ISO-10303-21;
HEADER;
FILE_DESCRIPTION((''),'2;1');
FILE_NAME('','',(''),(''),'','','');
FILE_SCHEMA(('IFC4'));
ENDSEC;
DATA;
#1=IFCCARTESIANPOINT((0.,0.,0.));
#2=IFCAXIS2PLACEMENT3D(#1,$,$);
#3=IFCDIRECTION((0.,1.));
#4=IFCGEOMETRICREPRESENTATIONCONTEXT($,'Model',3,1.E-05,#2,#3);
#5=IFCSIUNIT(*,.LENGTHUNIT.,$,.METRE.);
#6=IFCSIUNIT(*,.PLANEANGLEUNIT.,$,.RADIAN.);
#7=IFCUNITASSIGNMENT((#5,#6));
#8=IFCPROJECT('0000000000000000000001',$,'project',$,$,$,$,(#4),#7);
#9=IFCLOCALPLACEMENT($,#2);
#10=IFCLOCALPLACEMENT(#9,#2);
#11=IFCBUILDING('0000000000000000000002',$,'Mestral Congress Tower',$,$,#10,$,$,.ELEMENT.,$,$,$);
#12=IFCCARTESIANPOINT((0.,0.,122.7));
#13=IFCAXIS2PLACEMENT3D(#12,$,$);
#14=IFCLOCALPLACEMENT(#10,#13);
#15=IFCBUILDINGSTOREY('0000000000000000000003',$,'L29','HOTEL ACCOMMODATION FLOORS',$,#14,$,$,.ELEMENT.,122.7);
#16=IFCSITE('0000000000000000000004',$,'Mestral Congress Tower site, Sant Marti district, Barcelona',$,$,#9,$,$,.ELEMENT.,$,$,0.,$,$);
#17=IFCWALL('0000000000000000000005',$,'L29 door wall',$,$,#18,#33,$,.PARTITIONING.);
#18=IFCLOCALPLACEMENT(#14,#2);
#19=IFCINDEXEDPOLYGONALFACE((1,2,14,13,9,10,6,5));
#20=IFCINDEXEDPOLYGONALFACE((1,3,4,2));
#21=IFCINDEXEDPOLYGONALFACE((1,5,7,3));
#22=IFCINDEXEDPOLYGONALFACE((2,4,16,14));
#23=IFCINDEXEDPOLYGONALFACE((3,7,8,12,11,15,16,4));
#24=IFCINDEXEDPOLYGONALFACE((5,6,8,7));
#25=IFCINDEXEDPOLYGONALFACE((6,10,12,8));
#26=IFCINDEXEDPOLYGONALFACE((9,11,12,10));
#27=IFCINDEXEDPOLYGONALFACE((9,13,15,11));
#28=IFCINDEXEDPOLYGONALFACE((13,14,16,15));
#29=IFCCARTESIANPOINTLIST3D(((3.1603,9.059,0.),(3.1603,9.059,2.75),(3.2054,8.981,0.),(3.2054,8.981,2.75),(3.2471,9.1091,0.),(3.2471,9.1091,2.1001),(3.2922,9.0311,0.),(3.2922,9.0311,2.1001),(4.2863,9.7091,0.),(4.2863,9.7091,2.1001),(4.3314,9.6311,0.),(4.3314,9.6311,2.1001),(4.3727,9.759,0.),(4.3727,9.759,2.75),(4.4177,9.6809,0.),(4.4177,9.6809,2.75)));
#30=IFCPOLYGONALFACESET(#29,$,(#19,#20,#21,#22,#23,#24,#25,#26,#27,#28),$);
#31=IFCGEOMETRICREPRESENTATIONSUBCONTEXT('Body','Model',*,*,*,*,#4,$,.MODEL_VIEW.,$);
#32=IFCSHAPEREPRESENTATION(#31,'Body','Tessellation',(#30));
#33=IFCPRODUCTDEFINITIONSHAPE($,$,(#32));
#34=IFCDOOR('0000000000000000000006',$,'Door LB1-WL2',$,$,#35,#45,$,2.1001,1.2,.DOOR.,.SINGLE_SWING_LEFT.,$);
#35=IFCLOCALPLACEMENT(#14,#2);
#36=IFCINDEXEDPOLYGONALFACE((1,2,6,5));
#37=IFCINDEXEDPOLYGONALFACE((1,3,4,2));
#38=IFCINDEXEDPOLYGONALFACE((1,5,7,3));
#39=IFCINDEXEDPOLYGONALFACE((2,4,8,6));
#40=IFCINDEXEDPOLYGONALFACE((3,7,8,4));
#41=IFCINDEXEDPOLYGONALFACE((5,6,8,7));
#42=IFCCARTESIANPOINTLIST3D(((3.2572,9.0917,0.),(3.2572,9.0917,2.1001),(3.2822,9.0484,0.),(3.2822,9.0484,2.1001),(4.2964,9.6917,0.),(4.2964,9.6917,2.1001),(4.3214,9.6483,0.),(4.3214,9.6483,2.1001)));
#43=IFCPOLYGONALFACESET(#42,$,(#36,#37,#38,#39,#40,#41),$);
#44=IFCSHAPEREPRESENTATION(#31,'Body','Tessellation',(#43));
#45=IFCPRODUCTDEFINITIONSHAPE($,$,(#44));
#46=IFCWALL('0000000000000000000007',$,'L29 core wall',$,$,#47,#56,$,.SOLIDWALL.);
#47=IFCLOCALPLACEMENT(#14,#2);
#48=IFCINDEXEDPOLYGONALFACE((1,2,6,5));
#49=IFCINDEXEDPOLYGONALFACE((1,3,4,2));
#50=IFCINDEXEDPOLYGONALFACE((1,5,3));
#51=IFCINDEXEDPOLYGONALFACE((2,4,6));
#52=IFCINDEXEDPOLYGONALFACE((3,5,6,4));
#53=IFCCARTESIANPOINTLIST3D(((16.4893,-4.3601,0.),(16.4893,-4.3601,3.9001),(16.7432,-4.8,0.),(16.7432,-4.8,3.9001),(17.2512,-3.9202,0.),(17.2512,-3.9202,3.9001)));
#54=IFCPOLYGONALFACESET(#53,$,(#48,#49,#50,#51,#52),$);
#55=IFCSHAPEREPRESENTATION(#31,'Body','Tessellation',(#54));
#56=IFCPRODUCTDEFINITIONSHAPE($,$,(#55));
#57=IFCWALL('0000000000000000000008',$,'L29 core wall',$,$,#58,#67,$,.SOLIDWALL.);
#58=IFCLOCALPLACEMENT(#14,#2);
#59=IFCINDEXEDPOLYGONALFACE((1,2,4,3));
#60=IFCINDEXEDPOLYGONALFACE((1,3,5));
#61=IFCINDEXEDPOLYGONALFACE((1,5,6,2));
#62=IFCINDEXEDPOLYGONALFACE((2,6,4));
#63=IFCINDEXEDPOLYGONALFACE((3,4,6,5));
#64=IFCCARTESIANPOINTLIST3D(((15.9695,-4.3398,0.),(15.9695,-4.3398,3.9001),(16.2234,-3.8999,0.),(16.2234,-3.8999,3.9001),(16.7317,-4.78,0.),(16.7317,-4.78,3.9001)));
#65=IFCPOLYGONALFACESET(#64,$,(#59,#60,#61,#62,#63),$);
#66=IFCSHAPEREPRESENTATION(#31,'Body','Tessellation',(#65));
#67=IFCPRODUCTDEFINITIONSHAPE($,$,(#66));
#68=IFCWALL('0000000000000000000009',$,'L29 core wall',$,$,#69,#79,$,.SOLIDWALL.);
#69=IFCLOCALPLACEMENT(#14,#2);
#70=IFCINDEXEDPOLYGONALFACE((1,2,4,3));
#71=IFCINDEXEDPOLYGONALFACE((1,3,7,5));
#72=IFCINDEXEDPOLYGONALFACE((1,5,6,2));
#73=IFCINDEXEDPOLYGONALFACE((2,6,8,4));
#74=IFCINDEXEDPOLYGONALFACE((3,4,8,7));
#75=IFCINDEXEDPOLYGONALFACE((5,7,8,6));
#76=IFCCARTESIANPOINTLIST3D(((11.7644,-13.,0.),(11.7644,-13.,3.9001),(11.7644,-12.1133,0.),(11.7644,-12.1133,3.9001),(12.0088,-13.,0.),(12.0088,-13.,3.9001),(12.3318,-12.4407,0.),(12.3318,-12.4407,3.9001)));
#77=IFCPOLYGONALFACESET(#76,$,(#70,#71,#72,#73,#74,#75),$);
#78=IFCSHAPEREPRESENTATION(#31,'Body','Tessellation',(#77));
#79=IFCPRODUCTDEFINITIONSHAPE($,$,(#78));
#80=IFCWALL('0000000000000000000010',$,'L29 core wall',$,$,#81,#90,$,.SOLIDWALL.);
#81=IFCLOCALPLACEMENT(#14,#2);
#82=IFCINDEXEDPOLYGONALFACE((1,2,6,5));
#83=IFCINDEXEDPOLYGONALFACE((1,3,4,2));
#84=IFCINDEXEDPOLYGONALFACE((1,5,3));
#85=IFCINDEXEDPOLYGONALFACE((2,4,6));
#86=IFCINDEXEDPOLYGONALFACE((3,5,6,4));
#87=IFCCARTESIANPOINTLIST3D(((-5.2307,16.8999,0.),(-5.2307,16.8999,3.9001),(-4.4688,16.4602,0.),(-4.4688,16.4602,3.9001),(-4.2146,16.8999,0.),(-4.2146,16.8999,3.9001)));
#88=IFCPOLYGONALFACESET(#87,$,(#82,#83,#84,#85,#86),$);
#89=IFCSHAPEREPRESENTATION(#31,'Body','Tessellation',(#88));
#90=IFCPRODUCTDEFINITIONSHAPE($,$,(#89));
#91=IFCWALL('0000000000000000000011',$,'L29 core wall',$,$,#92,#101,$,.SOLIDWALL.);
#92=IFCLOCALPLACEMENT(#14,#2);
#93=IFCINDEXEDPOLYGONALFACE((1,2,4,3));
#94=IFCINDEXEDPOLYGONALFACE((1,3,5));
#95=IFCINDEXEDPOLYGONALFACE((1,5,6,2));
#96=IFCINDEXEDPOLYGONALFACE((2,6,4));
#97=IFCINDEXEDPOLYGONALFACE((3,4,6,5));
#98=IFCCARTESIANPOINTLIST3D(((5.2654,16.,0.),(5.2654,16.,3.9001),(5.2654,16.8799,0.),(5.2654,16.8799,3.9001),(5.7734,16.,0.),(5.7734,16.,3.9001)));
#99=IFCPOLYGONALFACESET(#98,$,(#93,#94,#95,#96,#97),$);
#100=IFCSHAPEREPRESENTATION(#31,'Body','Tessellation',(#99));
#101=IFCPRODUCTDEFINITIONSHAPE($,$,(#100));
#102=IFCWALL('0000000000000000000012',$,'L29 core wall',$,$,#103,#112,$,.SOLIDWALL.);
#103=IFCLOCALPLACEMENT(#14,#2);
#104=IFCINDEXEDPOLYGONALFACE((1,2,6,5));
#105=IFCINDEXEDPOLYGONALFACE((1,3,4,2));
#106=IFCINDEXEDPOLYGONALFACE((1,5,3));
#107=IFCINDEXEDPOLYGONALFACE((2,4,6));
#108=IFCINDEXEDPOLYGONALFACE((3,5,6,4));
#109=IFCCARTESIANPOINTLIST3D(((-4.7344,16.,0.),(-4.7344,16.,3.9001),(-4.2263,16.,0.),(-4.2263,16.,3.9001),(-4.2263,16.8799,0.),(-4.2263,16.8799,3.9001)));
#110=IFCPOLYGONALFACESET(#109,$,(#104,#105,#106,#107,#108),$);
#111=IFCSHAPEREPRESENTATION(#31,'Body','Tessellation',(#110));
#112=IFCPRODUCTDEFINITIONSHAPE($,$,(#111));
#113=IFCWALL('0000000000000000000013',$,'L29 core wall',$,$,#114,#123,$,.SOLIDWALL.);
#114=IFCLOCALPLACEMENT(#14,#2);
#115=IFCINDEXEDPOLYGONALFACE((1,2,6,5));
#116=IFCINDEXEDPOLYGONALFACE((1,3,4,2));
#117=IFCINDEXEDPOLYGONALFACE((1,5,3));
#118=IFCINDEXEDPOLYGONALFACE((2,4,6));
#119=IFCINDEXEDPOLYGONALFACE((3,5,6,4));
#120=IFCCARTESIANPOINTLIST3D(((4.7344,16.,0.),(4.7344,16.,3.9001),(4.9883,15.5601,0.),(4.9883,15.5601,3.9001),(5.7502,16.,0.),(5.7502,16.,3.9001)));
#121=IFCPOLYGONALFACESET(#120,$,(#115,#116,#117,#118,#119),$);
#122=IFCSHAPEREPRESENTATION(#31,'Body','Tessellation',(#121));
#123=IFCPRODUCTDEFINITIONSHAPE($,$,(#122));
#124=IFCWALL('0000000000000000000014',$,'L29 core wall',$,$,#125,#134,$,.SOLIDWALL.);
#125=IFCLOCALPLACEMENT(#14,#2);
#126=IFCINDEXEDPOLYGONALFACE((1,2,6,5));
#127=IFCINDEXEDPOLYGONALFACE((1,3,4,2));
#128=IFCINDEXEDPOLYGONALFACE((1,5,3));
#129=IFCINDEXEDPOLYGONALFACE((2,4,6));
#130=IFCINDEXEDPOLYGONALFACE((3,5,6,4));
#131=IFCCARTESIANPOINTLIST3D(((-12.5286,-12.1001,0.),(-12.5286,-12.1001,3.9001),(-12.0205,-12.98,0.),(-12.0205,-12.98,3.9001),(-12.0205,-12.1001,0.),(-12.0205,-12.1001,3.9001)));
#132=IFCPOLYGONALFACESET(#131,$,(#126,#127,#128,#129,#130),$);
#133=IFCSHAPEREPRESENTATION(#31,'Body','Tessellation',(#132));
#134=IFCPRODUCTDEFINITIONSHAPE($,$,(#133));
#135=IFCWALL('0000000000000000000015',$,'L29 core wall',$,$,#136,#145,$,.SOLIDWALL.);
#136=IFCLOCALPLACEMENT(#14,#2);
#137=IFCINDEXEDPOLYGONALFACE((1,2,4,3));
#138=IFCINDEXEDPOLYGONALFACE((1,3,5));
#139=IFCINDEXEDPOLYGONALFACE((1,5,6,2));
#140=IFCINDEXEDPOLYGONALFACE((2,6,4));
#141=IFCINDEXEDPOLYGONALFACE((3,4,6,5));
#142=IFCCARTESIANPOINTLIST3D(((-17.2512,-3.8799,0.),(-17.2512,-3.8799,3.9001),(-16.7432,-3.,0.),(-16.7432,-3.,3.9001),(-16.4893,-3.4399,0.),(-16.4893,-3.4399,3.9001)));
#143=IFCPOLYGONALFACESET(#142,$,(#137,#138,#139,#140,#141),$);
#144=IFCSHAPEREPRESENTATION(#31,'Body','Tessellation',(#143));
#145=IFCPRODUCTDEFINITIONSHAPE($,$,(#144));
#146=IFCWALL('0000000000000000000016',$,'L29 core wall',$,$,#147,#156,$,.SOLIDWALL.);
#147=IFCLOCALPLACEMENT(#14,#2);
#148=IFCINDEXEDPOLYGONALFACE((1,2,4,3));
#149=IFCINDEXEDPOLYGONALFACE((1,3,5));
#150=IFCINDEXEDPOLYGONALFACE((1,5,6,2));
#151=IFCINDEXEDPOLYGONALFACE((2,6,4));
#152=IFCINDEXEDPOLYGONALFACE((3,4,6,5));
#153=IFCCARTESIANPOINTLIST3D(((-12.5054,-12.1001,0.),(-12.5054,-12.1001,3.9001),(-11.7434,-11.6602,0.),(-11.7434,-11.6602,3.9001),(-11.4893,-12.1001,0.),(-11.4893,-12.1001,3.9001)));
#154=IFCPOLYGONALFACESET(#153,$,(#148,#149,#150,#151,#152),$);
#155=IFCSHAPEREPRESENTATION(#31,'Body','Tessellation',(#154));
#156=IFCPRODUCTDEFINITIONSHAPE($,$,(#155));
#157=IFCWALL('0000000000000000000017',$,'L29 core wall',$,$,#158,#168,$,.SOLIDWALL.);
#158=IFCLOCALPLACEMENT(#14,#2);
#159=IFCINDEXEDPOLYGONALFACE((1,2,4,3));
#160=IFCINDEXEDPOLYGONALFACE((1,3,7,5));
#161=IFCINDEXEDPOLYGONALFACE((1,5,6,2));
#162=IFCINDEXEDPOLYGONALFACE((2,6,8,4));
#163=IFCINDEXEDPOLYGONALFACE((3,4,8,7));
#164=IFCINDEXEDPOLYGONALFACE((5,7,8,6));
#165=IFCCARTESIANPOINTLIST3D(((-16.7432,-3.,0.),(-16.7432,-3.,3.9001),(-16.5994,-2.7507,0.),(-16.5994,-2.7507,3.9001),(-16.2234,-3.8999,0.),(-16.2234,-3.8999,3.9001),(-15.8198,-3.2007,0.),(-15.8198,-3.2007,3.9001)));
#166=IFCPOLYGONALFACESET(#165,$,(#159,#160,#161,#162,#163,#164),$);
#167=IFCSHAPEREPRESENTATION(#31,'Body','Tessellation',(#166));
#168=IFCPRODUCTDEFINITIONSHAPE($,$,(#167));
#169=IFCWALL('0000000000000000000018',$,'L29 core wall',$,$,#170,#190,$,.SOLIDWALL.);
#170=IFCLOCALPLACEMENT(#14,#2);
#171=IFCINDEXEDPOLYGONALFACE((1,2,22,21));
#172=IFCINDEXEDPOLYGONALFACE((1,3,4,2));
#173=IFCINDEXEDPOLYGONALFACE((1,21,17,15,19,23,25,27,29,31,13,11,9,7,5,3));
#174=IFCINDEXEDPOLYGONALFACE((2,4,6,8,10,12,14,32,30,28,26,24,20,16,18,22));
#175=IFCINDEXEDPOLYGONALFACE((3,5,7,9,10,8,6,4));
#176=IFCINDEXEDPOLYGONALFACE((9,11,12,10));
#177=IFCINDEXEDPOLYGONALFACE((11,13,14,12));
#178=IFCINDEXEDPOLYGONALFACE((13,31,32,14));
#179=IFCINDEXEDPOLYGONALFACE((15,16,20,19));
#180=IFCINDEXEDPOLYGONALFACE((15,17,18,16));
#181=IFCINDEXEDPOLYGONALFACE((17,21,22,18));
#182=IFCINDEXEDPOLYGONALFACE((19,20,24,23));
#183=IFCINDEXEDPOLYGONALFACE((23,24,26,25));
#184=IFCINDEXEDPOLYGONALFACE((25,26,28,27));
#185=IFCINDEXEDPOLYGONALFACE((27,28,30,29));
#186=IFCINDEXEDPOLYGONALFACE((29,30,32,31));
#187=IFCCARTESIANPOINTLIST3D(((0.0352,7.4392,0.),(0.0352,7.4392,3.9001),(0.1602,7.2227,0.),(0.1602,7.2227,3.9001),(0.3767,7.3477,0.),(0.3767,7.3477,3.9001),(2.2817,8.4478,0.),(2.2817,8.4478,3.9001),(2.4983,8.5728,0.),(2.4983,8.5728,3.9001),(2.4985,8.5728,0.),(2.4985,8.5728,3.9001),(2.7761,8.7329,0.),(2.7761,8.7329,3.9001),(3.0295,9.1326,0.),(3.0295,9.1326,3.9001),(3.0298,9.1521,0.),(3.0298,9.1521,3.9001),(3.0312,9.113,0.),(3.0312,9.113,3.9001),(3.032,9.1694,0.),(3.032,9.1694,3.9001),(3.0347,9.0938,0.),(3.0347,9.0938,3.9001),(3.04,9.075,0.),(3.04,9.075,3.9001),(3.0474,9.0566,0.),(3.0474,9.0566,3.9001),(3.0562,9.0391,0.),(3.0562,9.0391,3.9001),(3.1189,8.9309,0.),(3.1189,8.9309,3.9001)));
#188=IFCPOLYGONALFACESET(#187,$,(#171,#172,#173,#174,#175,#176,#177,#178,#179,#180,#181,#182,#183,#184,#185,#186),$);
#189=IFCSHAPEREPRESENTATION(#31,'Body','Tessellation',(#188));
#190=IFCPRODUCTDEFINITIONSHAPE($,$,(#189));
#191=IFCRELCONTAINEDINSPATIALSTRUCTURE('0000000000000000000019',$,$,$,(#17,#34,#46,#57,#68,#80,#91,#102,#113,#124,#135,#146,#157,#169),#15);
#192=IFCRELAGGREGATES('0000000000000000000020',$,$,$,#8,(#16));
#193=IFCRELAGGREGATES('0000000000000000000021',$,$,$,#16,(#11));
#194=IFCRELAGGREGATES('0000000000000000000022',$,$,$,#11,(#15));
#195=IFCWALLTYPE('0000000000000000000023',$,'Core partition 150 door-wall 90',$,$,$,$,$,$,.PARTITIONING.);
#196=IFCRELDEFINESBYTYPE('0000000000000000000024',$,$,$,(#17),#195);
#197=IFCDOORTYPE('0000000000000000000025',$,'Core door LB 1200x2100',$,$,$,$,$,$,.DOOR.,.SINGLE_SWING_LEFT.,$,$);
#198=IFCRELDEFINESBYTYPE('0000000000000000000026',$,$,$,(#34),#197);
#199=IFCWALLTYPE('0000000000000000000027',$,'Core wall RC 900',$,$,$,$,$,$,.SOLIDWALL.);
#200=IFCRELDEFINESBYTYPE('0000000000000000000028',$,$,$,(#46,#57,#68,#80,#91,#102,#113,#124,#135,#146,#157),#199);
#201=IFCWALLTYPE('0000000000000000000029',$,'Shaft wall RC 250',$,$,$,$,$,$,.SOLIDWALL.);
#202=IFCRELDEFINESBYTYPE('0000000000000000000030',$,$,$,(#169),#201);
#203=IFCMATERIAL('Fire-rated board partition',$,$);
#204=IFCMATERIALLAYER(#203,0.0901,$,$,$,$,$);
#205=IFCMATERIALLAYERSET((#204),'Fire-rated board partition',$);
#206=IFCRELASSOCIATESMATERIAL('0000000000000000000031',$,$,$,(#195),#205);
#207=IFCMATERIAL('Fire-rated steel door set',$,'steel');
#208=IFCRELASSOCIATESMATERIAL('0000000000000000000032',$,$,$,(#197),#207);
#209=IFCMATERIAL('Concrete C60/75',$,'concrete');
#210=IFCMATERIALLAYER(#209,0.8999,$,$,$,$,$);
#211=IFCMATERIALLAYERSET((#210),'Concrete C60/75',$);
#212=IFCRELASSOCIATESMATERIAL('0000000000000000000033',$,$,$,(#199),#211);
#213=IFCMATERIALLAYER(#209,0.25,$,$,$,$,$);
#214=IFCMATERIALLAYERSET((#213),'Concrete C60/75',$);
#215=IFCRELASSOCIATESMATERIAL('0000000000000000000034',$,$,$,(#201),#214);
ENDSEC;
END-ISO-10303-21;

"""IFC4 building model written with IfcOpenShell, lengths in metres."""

from ifc_helpers import new_model, si_unit, direction, frame, frame_2d, origin, place, context, subcontext, project, spatial, polyline, rectangle, outline, extrude, material, layer, layer_set, type_object, element, fill, save


model = new_model("IFC4")

# Units and contexts
model_context = context("Model", 3, precision=1e-05, world=origin(), true_north=direction((0.0, 1.0)))
body_context = subcontext(model_context, "Body", "Model", "MODEL_VIEW")
ifc_project = project(units=[si_unit("LENGTHUNIT", "METRE"), si_unit("PLANEANGLEUNIT", "RADIAN")], contexts=[model_context])

# Site, building, storey
site_placement = place(None, origin())
site = spatial("IfcSite", under=ifc_project, at=site_placement, Name="Mestral Congress Tower site, Sant Marti district, Barcelona", CompositionType="ELEMENT", RefElevation=0.0)
building_placement = place(site_placement, origin())
building = spatial("IfcBuilding", under=site, at=building_placement, Name="Mestral Congress Tower", CompositionType="ELEMENT")
storey_placement = place(building_placement, frame((0.0, 0.0, 122.7)))
storey = spatial("IfcBuildingStorey", under=building, at=storey_placement, Name="L29", Description="HOTEL ACCOMMODATION FLOORS", CompositionType="ELEMENT", Elevation=122.7)

# Shared definitions
ifc_material_1 = material(Name="Concrete C60/75", Category="concrete")

# Shared definitions
ifc_material_2 = material(Name="Fire-rated board partition")

# Wall, opening, door
ifc_layer_1 = layer(ifc_material_2, 0.0901)
ifc_layer_set_1 = layer_set([ifc_layer_1], Name="Fire-rated board partition")
wall_type_1 = type_object("IfcWallType", Name="Core partition 150 door-wall 90", PredefinedType="PARTITIONING", material=ifc_layer_set_1)
wall_1_placement = place(storey_placement, frame((3.1829, 9.02, 0.0), z_axis=(0.0, 0.0, 1.0), x_axis=(0.866035, 0.499984, 0.0)))
wall_1 = element("IfcWall", 1, at=wall_1_placement, inside=storey, type_object=wall_type_1, Name="L29 door wall", PredefinedType="PARTITIONING", context=body_context, shape_type="SweptSolid", body=[
    extrude(rectangle(XDim=1.3999, YDim=0.0901, at=frame_2d((0.7, 0.0))), origin(), (0.0, 0.0, 1.0), 2.75),
])
opening_1_placement = place(wall_1_placement, frame((0.1001, 0.0, 0.0)))
opening_1 = element("IfcOpeningElement", 2, at=opening_1_placement, cuts=wall_1, PredefinedType="OPENING", context=body_context, shape_type="SweptSolid", body=[
    extrude(rectangle(XDim=1.2, YDim=2.1001, at=frame_2d((0.6001, 1.05))), frame((0.0, 0.0549, 0.0), z_axis=(0.0, -1.0, 0.0), x_axis=(1.0, 0.0, 0.0)), (0.0, 0.0, 1.0), 0.1101),
])
ifc_material_3 = material(Name="Fire-rated steel door set", Category="steel")
door_type_1 = type_object("IfcDoorType", Name="Core door LB 1200x2100", OperationType="SINGLE_SWING_LEFT", PredefinedType="DOOR", material=ifc_material_3)
door_1_placement = place(opening_1_placement, origin())
door_1 = element("IfcDoor", 3, at=door_1_placement, inside=storey, type_object=door_type_1, Name="Door LB1-WL2", OperationType="SINGLE_SWING_LEFT", OverallHeight=2.1001, OverallWidth=1.2, PredefinedType="DOOR", context=body_context, shape_type="SweptSolid", body=[
    extrude(rectangle(XDim=1.2, YDim=2.1001, at=frame_2d((0.6001, 1.05))), frame((0.0, 0.0249, 0.0), z_axis=(0.0, -1.0, 0.0), x_axis=(1.0, 0.0, 0.0)), (0.0, 0.0, 1.0), 0.05),
])
fill(opening_1, door_1)

# Walls
ifc_layer_2 = layer(ifc_material_1, 0.8999)
ifc_layer_set_2 = layer_set([ifc_layer_2], Name="Concrete C60/75")
wall_type_2 = type_object("IfcWallType", Name="Core wall RC 900", PredefinedType="SOLIDWALL", material=ifc_layer_set_2)
placement = place(storey_placement, origin())
element("IfcWall", 4, at=placement, inside=storey, type_object=wall_type_2, Name="L29 core wall", PredefinedType="SOLIDWALL", context=body_context, shape_type="SweptSolid", body=[
    extrude(outline(polyline([(16.7432, -4.8), (16.4893, -4.3601), (17.2512, -3.9202), (16.7432, -4.8)])), origin(), (0.0, 0.0, 1.0), 3.9001),
])
element("IfcWall", 5, at=placement, inside=storey, type_object=wall_type_2, Name="L29 core wall", PredefinedType="SOLIDWALL", context=body_context, shape_type="SweptSolid", body=[
    extrude(outline(polyline([(16.2234, -3.8999), (16.7317, -4.78), (15.9695, -4.3398), (16.2234, -3.8999)])), origin(), (0.0, 0.0, 1.0), 3.9001),
])
element("IfcWall", 6, at=placement, inside=storey, type_object=wall_type_2, Name="L29 core wall", PredefinedType="SOLIDWALL", context=body_context, shape_type="SweptSolid", body=[
    extrude(outline(polyline([(12.0088, -13.0), (11.7644, -13.0), (11.7644, -12.1133), (12.3318, -12.4407), (12.0088, -13.0)])), origin(), (0.0, 0.0, 1.0), 3.9001),
])
element("IfcWall", 7, at=placement, inside=storey, type_object=wall_type_2, Name="L29 core wall", PredefinedType="SOLIDWALL", context=body_context, shape_type="SweptSolid", body=[
    extrude(outline(polyline([(-4.2146, 16.8999), (-4.4688, 16.4602), (-5.2307, 16.8999), (-4.2146, 16.8999)])), origin(), (0.0, 0.0, 1.0), 3.9001),
])
element("IfcWall", 8, at=placement, inside=storey, type_object=wall_type_2, Name="L29 core wall", PredefinedType="SOLIDWALL", context=body_context, shape_type="SweptSolid", body=[
    extrude(outline(polyline([(5.2654, 16.0), (5.2654, 16.8799), (5.7734, 16.0), (5.2654, 16.0)])), origin(), (0.0, 0.0, 1.0), 3.9001),
])
element("IfcWall", 9, at=placement, inside=storey, type_object=wall_type_2, Name="L29 core wall", PredefinedType="SOLIDWALL", context=body_context, shape_type="SweptSolid", body=[
    extrude(outline(polyline([(-4.7344, 16.0), (-4.2263, 16.8799), (-4.2263, 16.0), (-4.7344, 16.0)])), origin(), (0.0, 0.0, 1.0), 3.9001),
])
element("IfcWall", 10, at=placement, inside=storey, type_object=wall_type_2, Name="L29 core wall", PredefinedType="SOLIDWALL", context=body_context, shape_type="SweptSolid", body=[
    extrude(outline(polyline([(4.7344, 16.0), (5.7502, 16.0), (4.9883, 15.5601), (4.7344, 16.0)])), origin(), (0.0, 0.0, 1.0), 3.9001),
])
element("IfcWall", 11, at=placement, inside=storey, type_object=wall_type_2, Name="L29 core wall", PredefinedType="SOLIDWALL", context=body_context, shape_type="SweptSolid", body=[
    extrude(outline(polyline([(-12.5286, -12.1001), (-12.0205, -12.1001), (-12.0205, -12.98), (-12.5286, -12.1001)])), origin(), (0.0, 0.0, 1.0), 3.9001),
])
element("IfcWall", 12, at=placement, inside=storey, type_object=wall_type_2, Name="L29 core wall", PredefinedType="SOLIDWALL", context=body_context, shape_type="SweptSolid", body=[
    extrude(outline(polyline([(-16.4893, -3.4399), (-17.2512, -3.8799), (-16.7432, -3.0), (-16.4893, -3.4399)])), origin(), (0.0, 0.0, 1.0), 3.9001),
])
element("IfcWall", 13, at=placement, inside=storey, type_object=wall_type_2, Name="L29 core wall", PredefinedType="SOLIDWALL", context=body_context, shape_type="SweptSolid", body=[
    extrude(outline(polyline([(-11.4893, -12.1001), (-12.5054, -12.1001), (-11.7434, -11.6602), (-11.4893, -12.1001)])), origin(), (0.0, 0.0, 1.0), 3.9001),
])
element("IfcWall", 14, at=placement, inside=storey, type_object=wall_type_2, Name="L29 core wall", PredefinedType="SOLIDWALL", context=body_context, shape_type="SweptSolid", body=[
    extrude(outline(polyline([(-15.8198, -3.2007), (-16.2234, -3.8999), (-16.7432, -3.0), (-16.5994, -2.7507), (-15.8198, -3.2007)])), origin(), (0.0, 0.0, 1.0), 3.9001),
])
ifc_layer_3 = layer(ifc_material_1, 0.25)
ifc_layer_set_3 = layer_set([ifc_layer_3], Name="Concrete C60/75")
wall_type_3 = type_object("IfcWallType", Name="Shaft wall RC 250", PredefinedType="SOLIDWALL", material=ifc_layer_set_3)
element("IfcWall", 15, at=placement, inside=storey, type_object=wall_type_3, Name="L29 core wall", PredefinedType="SOLIDWALL", context=body_context, shape_type="SweptSolid", body=[
    extrude(outline(polyline([(2.7761, 8.7329), (2.4985, 8.5728), (2.4983, 8.5728), (2.4983, 8.5728), (2.2817, 8.4478), (2.2817, 8.4478), (0.3767, 7.3477), (0.1602, 7.2227), (0.0352, 7.4392), (3.032, 9.1694), (3.0298, 9.1521), (3.0295, 9.1326), (3.0312, 9.113), (3.0347, 9.0938), (3.04, 9.075), (3.0474, 9.0566), (3.0562, 9.0391), (3.1189, 8.9309), (2.7761, 8.7329)])), origin(), (0.0, 0.0, 1.0), 3.9001),
])

save(model, "model.ifc")
